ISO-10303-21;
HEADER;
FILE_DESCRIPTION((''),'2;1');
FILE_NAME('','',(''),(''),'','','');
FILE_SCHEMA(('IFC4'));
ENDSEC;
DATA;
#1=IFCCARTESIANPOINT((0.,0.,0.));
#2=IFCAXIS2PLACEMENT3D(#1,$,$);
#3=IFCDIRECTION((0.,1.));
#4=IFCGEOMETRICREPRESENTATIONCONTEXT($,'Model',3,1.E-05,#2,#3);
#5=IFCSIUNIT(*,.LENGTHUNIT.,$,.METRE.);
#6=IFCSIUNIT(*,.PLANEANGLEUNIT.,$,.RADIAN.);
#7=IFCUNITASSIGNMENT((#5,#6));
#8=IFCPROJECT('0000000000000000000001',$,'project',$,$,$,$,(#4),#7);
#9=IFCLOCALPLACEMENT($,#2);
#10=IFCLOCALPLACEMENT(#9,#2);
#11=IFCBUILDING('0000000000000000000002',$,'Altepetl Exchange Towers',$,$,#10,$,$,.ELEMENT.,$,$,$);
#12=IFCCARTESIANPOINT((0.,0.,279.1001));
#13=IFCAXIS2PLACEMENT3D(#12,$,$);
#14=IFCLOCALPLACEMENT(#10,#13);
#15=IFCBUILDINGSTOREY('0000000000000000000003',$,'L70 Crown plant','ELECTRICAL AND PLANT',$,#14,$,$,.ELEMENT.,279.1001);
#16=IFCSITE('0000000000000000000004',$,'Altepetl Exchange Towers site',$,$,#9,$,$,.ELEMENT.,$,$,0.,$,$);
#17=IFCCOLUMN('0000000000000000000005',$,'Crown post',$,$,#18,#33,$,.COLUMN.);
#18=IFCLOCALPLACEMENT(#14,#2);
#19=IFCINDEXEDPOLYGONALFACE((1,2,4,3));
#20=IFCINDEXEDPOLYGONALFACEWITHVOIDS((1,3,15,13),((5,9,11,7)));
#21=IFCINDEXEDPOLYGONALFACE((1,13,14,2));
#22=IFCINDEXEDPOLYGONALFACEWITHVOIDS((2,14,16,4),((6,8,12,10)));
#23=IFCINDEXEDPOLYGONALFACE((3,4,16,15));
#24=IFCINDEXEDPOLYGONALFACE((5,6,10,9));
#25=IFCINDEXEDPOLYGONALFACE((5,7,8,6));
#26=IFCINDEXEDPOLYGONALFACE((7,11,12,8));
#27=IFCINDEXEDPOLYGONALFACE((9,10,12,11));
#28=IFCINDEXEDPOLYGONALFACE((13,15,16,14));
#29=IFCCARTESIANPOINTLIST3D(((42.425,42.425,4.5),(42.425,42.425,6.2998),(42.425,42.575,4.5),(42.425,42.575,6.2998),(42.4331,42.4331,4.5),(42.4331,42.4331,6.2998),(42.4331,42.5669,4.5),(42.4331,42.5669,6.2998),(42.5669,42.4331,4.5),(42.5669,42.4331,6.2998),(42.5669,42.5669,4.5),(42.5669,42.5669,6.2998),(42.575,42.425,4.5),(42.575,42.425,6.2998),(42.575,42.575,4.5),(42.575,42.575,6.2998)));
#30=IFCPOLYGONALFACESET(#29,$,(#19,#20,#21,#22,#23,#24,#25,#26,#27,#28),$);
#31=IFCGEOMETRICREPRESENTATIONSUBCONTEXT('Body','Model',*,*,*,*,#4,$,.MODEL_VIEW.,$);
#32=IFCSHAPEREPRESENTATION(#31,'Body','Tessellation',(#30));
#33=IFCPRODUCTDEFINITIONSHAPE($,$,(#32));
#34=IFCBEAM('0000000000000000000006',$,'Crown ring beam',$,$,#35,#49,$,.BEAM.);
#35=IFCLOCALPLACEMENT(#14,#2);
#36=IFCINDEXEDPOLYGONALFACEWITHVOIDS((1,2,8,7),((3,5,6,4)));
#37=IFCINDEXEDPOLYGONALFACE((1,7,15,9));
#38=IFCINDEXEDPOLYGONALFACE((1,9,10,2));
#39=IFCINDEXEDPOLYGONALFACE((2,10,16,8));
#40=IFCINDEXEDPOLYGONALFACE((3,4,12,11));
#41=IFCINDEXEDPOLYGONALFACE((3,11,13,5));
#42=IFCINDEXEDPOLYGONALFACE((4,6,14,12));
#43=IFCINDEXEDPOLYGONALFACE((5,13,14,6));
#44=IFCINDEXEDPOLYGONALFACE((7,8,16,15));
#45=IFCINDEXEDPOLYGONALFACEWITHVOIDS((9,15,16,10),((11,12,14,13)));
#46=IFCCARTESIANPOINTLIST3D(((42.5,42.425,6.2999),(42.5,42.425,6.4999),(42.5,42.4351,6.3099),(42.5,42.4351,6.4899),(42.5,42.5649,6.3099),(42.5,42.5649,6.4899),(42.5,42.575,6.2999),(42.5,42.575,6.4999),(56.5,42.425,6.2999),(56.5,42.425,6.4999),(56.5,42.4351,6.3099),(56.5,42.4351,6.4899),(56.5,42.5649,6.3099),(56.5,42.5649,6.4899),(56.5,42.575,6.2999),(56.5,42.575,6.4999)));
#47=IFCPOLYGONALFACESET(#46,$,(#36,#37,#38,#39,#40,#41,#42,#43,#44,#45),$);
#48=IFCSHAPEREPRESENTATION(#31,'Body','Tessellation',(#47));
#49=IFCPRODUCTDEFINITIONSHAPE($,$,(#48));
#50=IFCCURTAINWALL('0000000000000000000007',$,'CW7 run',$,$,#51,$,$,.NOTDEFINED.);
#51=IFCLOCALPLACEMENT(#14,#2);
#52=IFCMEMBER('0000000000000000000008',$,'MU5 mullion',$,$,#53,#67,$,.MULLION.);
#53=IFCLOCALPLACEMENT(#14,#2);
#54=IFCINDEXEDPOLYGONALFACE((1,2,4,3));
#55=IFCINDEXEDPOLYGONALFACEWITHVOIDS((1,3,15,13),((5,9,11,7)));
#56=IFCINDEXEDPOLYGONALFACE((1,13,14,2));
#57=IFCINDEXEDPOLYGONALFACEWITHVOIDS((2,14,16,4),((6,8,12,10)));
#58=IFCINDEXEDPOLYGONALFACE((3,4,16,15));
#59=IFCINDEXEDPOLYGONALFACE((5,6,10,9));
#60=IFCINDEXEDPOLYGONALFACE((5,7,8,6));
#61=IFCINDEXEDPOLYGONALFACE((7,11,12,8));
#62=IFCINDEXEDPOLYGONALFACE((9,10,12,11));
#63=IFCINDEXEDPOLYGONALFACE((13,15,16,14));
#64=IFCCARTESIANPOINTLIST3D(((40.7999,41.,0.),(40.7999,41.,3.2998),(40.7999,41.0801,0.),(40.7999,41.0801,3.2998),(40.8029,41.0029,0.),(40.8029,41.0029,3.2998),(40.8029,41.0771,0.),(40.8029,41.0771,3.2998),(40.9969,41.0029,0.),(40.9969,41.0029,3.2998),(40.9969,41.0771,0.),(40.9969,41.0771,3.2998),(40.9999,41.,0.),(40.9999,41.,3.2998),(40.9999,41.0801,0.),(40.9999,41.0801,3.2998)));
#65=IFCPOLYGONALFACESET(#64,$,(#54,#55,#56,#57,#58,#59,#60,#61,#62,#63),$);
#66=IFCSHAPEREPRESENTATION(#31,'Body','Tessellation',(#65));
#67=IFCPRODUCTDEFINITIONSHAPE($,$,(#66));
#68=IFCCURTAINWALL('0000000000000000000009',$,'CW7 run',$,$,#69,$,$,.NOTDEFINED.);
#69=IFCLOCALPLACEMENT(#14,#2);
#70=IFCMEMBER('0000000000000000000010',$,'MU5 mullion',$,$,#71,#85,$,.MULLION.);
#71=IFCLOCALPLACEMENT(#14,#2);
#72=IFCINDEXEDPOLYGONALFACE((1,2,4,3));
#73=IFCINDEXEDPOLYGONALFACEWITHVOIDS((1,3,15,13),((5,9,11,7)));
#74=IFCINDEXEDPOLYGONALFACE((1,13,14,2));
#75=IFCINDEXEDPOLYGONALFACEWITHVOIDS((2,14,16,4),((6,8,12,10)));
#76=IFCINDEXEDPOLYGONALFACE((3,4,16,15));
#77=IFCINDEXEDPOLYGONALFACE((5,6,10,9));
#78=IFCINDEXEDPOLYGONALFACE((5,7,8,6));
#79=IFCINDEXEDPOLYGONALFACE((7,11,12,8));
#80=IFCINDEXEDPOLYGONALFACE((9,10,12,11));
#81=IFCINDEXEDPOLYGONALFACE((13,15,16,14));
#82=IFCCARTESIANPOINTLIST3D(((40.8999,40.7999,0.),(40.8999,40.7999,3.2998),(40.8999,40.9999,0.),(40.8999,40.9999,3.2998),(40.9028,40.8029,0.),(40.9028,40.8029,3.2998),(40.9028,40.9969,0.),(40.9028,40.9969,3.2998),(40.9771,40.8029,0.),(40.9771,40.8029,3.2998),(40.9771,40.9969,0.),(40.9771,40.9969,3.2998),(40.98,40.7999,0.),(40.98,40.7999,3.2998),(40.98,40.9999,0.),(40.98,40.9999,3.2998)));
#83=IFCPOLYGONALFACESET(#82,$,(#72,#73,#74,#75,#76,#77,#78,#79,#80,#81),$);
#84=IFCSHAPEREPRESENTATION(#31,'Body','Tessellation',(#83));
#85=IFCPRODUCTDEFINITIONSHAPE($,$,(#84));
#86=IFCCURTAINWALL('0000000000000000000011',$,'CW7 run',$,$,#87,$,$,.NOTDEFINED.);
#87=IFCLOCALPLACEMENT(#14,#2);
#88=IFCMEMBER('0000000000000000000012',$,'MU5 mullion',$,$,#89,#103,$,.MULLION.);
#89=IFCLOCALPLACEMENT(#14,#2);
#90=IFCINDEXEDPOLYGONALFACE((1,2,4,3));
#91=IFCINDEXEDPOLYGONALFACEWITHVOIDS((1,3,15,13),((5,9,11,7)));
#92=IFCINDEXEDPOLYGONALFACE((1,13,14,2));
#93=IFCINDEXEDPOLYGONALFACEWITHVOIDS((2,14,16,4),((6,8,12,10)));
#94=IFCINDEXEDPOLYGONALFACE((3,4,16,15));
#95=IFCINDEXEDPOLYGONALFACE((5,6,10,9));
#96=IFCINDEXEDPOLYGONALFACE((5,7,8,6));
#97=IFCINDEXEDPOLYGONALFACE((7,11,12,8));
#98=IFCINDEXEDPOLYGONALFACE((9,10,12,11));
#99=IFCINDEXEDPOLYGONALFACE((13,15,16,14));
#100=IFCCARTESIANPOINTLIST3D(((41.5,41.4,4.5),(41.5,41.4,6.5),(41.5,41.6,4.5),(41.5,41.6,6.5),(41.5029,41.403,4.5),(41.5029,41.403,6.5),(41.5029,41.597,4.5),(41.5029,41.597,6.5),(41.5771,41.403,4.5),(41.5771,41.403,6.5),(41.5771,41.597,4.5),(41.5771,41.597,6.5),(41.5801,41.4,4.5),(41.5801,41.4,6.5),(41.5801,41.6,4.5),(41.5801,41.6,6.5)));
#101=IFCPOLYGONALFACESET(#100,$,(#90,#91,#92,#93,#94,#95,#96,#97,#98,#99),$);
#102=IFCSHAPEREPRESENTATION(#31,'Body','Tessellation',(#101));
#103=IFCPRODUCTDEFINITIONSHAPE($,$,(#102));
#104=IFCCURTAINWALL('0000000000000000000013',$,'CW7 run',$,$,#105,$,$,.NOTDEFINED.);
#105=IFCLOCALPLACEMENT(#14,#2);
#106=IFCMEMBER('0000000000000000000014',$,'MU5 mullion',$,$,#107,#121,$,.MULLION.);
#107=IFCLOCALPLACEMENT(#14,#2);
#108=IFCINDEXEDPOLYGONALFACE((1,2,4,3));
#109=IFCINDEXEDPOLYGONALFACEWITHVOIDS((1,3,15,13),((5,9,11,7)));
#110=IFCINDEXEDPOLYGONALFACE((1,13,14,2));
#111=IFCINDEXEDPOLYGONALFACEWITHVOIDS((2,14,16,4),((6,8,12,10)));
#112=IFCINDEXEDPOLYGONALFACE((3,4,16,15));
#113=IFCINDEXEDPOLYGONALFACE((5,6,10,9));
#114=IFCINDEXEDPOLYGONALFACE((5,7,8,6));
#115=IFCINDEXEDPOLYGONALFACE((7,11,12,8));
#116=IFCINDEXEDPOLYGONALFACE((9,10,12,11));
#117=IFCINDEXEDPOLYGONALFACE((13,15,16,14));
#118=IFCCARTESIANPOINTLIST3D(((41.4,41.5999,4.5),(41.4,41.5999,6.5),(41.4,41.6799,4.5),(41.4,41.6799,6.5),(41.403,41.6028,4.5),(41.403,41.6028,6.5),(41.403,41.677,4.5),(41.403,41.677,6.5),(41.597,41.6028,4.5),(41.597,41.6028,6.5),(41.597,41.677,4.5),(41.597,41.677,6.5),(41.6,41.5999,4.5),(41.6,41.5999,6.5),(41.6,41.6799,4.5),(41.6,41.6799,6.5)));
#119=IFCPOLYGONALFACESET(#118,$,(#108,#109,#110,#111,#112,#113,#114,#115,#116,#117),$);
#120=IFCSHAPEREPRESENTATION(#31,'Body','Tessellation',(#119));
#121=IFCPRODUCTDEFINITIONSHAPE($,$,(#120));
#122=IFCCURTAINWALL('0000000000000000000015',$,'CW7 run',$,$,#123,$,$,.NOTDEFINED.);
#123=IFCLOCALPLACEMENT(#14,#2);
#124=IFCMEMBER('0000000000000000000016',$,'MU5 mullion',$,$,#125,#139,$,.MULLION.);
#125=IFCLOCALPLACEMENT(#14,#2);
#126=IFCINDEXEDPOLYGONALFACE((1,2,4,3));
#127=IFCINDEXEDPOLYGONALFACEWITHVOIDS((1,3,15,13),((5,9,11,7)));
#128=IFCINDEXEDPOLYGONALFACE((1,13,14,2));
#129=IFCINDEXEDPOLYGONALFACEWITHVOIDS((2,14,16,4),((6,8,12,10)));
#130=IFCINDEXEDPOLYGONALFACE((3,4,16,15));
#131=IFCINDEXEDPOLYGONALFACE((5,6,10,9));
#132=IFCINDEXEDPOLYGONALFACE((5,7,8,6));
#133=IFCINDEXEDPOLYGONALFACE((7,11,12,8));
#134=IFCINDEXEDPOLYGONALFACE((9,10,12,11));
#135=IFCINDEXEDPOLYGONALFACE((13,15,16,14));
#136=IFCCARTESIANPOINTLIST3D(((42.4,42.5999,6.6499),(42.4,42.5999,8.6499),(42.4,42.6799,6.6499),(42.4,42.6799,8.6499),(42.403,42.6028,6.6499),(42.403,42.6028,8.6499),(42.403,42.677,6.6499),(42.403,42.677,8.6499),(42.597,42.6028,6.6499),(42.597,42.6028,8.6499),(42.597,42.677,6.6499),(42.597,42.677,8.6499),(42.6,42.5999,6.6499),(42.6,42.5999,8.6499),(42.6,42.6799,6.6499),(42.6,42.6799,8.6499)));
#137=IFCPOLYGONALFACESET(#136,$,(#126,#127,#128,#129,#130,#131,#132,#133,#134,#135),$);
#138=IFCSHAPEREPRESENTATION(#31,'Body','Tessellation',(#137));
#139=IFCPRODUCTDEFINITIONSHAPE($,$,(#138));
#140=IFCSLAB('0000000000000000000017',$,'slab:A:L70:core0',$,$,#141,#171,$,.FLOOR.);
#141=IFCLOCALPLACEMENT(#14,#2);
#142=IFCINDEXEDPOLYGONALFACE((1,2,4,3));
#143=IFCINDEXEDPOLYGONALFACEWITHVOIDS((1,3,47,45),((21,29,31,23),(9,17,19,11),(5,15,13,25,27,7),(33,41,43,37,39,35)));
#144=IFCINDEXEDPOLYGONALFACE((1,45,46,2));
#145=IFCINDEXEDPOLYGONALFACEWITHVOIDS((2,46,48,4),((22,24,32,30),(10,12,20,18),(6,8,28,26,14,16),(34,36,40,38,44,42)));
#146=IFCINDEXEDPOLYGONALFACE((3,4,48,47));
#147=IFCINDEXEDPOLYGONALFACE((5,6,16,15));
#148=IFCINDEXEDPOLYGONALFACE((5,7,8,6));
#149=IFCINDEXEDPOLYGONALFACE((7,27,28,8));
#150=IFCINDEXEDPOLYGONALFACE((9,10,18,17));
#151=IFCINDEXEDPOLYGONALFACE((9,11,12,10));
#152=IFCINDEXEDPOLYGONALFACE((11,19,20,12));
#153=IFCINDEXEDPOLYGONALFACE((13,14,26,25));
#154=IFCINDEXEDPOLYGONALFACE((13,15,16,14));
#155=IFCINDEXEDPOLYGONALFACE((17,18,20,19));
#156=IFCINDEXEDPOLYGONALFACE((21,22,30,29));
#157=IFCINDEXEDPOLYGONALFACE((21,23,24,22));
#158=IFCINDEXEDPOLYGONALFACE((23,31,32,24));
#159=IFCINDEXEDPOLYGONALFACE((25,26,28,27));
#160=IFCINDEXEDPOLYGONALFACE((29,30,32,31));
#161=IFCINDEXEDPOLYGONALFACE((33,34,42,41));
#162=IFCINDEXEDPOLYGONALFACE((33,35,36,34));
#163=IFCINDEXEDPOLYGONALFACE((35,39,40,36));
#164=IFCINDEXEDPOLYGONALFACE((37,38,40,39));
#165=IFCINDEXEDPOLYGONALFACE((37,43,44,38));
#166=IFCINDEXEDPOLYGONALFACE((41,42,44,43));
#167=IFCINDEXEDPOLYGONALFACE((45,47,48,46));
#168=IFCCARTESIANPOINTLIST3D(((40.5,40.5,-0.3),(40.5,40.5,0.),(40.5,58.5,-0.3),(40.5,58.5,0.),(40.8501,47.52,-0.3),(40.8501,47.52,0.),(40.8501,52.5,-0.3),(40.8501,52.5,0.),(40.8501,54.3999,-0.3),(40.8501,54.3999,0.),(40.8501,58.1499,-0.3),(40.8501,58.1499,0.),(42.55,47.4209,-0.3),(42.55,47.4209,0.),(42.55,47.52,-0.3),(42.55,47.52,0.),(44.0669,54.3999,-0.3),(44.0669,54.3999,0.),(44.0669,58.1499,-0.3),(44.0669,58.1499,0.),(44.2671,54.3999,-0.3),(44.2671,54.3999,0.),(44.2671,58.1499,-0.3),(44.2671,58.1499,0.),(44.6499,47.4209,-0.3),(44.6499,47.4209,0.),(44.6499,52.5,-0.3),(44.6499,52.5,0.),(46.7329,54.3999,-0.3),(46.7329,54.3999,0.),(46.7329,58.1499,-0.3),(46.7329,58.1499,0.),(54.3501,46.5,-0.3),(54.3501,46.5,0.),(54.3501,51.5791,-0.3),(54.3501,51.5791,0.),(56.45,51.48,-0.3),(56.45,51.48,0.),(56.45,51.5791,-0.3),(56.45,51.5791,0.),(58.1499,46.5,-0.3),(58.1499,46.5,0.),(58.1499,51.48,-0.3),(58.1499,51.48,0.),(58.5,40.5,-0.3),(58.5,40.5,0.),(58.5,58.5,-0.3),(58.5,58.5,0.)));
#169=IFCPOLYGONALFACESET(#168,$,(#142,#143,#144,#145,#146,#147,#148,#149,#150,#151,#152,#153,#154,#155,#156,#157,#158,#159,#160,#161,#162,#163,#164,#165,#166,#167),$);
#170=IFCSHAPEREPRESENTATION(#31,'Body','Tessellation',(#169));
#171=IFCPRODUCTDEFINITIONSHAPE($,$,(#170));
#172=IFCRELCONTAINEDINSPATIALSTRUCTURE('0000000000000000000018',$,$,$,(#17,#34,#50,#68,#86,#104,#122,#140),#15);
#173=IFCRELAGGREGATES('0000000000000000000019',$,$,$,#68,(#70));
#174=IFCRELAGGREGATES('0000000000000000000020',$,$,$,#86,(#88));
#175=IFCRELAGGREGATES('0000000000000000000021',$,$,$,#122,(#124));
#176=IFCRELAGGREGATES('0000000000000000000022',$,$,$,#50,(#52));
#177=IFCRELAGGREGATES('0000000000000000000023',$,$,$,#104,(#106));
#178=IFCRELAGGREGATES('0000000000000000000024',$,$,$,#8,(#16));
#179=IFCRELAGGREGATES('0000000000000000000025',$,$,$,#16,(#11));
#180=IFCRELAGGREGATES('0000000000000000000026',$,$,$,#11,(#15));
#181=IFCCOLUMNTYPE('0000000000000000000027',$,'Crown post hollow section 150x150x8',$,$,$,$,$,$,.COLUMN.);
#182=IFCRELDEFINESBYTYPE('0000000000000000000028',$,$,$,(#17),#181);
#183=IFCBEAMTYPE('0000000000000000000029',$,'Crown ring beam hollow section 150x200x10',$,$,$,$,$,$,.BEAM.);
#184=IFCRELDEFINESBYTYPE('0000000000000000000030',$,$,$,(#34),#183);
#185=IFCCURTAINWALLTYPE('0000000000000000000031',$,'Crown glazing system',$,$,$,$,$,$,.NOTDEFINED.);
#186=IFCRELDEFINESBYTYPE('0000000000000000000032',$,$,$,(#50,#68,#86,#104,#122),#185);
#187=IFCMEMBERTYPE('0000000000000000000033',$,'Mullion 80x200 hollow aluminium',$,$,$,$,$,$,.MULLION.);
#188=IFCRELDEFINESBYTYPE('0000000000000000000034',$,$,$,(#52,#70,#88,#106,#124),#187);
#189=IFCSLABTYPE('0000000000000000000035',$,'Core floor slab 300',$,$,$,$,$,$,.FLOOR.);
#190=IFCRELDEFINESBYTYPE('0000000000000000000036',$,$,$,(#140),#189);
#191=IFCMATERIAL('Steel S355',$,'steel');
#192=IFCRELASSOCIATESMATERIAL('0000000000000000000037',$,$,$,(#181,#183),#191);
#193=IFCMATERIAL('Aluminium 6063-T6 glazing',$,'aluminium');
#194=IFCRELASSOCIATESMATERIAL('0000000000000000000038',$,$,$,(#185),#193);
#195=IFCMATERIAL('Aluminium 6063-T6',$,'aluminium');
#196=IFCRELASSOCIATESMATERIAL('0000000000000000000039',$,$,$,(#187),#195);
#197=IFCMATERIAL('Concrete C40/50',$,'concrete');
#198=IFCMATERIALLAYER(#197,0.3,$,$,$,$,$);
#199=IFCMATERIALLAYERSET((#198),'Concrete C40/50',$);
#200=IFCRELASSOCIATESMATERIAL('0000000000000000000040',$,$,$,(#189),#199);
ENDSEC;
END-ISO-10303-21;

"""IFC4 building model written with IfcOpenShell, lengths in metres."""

from ifc_helpers import new_model, si_unit, direction, frame, origin, origin_2d, place, context, subcontext, project, spatial, polyline, hollow_rectangle, outline, extrude, material, layer, layer_set, material_profile, profile_set, type_object, element, aggregate, save


model = new_model("IFC4")

# Units and contexts
model_context = context("Model", 3, precision=1e-05, world=origin(), true_north=direction((0.0, 1.0)))
body_context = subcontext(model_context, "Body", "Model", "MODEL_VIEW")
ifc_project = project(units=[si_unit("LENGTHUNIT", "METRE"), si_unit("PLANEANGLEUNIT", "RADIAN")], contexts=[model_context])

# Site, building, storey
site_placement = place(None, origin())
site = spatial("IfcSite", under=ifc_project, at=site_placement, Name="Altepetl Exchange Towers site", CompositionType="ELEMENT", RefElevation=0.0)
building_placement = place(site_placement, origin())
building = spatial("IfcBuilding", under=site, at=building_placement, Name="Altepetl Exchange Towers", CompositionType="ELEMENT")
storey_placement = place(building_placement, frame((0.0, 0.0, 279.1001)))
storey = spatial("IfcBuildingStorey", under=building, at=storey_placement, Name="L70 Crown plant", Description="ELECTRICAL AND PLANT", CompositionType="ELEMENT", Elevation=279.1001)

# Column
ifc_material_1 = material(Name="Steel S355", Category="steel")
ifc_material_profile_1 = material_profile(ifc_material_1, hollow_rectangle(XDim=0.1499, YDim=0.1499, WallThickness=0.0081, at=origin_2d()), Name="RHS 150x150x8")
ifc_profile_set_1 = profile_set([ifc_material_profile_1], Name="Steel S355")
column_type = type_object("IfcColumnType", Name="Crown post hollow section 150x150x8", PredefinedType="COLUMN", material=ifc_profile_set_1)
column_placement = place(storey_placement, frame((42.5, 42.5, 4.5)))
element("IfcColumn", 1, at=column_placement, inside=storey, type_object=column_type, Name="Crown post", PredefinedType="COLUMN", context=body_context, shape_type="SweptSolid", body=[
    extrude(hollow_rectangle(XDim=0.1499, YDim=0.1499, WallThickness=0.0081, at=origin_2d()), origin(), (0.0, 0.0, 1.0), 1.7998),
])

# Beam
ifc_material_profile_2 = material_profile(ifc_material_1, hollow_rectangle(XDim=0.1499, YDim=0.2, WallThickness=0.01, at=origin_2d()), Name="RHS 200x150x10")
ifc_profile_set_2 = profile_set([ifc_material_profile_2], Name="Steel S355")
beam_type = type_object("IfcBeamType", Name="Crown ring beam hollow section 150x200x10", PredefinedType="BEAM", material=ifc_profile_set_2)
beam_placement = place(storey_placement, frame((42.5, 42.5, 6.3999), z_axis=(1.0, 0.0, 0.0), x_axis=(0.0, 1.0, 0.0)))
element("IfcBeam", 2, at=beam_placement, inside=storey, type_object=beam_type, Name="Crown ring beam", PredefinedType="BEAM", context=body_context, shape_type="SweptSolid", body=[
    extrude(hollow_rectangle(XDim=0.1499, YDim=0.2, WallThickness=0.01, at=origin_2d()), origin(), (0.0, 0.0, 1.0), 14.0),
])

# Curtain walls, members
ifc_material_2 = material(Name="Aluminium 6063-T6 glazing", Category="aluminium")
curtain_wall_type = type_object("IfcCurtainWallType", Name="Crown glazing system", PredefinedType="NOTDEFINED", material=ifc_material_2)
curtain_wall_1_placement = place(storey_placement, origin())
curtain_wall_1 = element("IfcCurtainWall", 3, at=curtain_wall_1_placement, inside=storey, type_object=curtain_wall_type, Name="CW7 run", PredefinedType="NOTDEFINED")
ifc_material_3 = material(Name="Aluminium 6063-T6", Category="aluminium")
ifc_material_profile_3 = material_profile(ifc_material_3, hollow_rectangle(XDim=0.0801, YDim=0.2, WallThickness=0.0029, at=origin_2d()), Name="Mullion 80x200 hollow aluminium")
ifc_profile_set_3 = profile_set([ifc_material_profile_3], Name="Aluminium 6063-T6")
member_type = type_object("IfcMemberType", Name="Mullion 80x200 hollow aluminium", PredefinedType="MULLION", material=ifc_profile_set_3)
member_1_placement = place(storey_placement, frame((40.8999, 41.04, 0.0), z_axis=(0.0, 0.0, 1.0), x_axis=(0.0, -1.0, 0.0)))
member_1 = element("IfcMember", 4, at=member_1_placement, type_object=member_type, Name="MU5 mullion", PredefinedType="MULLION", context=body_context, shape_type="SweptSolid", body=[
    extrude(hollow_rectangle(XDim=0.0801, YDim=0.2, WallThickness=0.0029, at=origin_2d()), origin(), (0.0, 0.0, 1.0), 3.2998),
])
curtain_wall_2_placement = place(storey_placement, origin())
curtain_wall_2 = element("IfcCurtainWall", 5, at=curtain_wall_2_placement, inside=storey, type_object=curtain_wall_type, Name="CW7 run", PredefinedType="NOTDEFINED")
member_2_placement = place(storey_placement, frame((40.9399, 40.8999, 0.0)))
member_2 = element("IfcMember", 6, at=member_2_placement, type_object=member_type, Name="MU5 mullion", PredefinedType="MULLION", context=body_context, shape_type="SweptSolid", body=[
    extrude(hollow_rectangle(XDim=0.0801, YDim=0.2, WallThickness=0.0029, at=origin_2d()), origin(), (0.0, 0.0, 1.0), 3.2998),
])
aggregate(curtain_wall_2, [member_2])
curtain_wall_3_placement = place(storey_placement, origin())
curtain_wall_3 = element("IfcCurtainWall", 7, at=curtain_wall_3_placement, inside=storey, type_object=curtain_wall_type, Name="CW7 run", PredefinedType="NOTDEFINED")
member_3_placement = place(storey_placement, frame((41.54, 41.5, 4.5)))
member_3 = element("IfcMember", 8, at=member_3_placement, type_object=member_type, Name="MU5 mullion", PredefinedType="MULLION", context=body_context, shape_type="SweptSolid", body=[
    extrude(hollow_rectangle(XDim=0.0801, YDim=0.2, WallThickness=0.0029, at=origin_2d()), origin(), (0.0, 0.0, 1.0), 2.0),
])
aggregate(curtain_wall_3, [member_3])
curtain_wall_4_placement = place(storey_placement, origin())
curtain_wall_4 = element("IfcCurtainWall", 9, at=curtain_wall_4_placement, inside=storey, type_object=curtain_wall_type, Name="CW7 run", PredefinedType="NOTDEFINED")
member_4_placement = place(storey_placement, frame((41.5, 41.6399, 4.5), z_axis=(0.0, 0.0, 1.0), x_axis=(0.0, -1.0, 0.0)))
member_4 = element("IfcMember", 10, at=member_4_placement, type_object=member_type, Name="MU5 mullion", PredefinedType="MULLION", context=body_context, shape_type="SweptSolid", body=[
    extrude(hollow_rectangle(XDim=0.0801, YDim=0.2, WallThickness=0.0029, at=origin_2d()), origin(), (0.0, 0.0, 1.0), 2.0),
])
curtain_wall_5_placement = place(storey_placement, origin())
curtain_wall_5 = element("IfcCurtainWall", 11, at=curtain_wall_5_placement, inside=storey, type_object=curtain_wall_type, Name="CW7 run", PredefinedType="NOTDEFINED")
member_5_placement = place(storey_placement, frame((42.5, 42.6399, 6.6499), z_axis=(0.0, 0.0, 1.0), x_axis=(0.0, -1.0, 0.0)))
member_5 = element("IfcMember", 12, at=member_5_placement, type_object=member_type, Name="MU5 mullion", PredefinedType="MULLION", context=body_context, shape_type="SweptSolid", body=[
    extrude(hollow_rectangle(XDim=0.0801, YDim=0.2, WallThickness=0.0029, at=origin_2d()), origin(), (0.0, 0.0, 1.0), 2.0),
])
aggregate(curtain_wall_5, [member_5])

# Slab
ifc_material_4 = material(Name="Concrete C40/50", Category="concrete")
ifc_layer_1 = layer(ifc_material_4, 0.3)
ifc_layer_set_1 = layer_set([ifc_layer_1], Name="Concrete C40/50")
slab_type_1 = type_object("IfcSlabType", Name="Core floor slab 300", PredefinedType="FLOOR", material=ifc_layer_set_1)
slab_1_placement = place(storey_placement, frame((0.0, 0.0, -0.3)))
element("IfcSlab", 13, at=slab_1_placement, inside=storey, type_object=slab_type_1, Name="slab:A:L70:core0", PredefinedType="FLOOR", context=body_context, shape_type="SweptSolid", body=[
    extrude(outline(polyline([(40.5, 40.5), (58.5, 40.5), (58.5, 58.5), (40.5, 58.5), (40.5, 40.5)]), holes=[polyline([(54.3501, 46.5), (54.3501, 51.5791), (56.45, 51.5791), (56.45, 51.48), (58.1499, 51.48), (58.1499, 46.5), (54.3501, 46.5)]), polyline([(44.6499, 52.5), (44.6499, 47.4209), (42.55, 47.4209), (42.55, 47.52), (40.8501, 47.52), (40.8501, 52.5), (44.6499, 52.5)]), polyline([(40.8501, 54.3999), (40.8501, 58.1499), (44.0669, 58.1499), (44.0669, 54.3999), (40.8501, 54.3999)]), polyline([(44.2671, 54.3999), (44.2671, 58.1499), (46.7329, 58.1499), (46.7329, 54.3999), (44.2671, 54.3999)])]), origin(), (0.0, 0.0, 1.0), 0.3),
])

aggregate(curtain_wall_1, [member_1])
aggregate(curtain_wall_4, [member_4])

save(model, "model.ifc")
